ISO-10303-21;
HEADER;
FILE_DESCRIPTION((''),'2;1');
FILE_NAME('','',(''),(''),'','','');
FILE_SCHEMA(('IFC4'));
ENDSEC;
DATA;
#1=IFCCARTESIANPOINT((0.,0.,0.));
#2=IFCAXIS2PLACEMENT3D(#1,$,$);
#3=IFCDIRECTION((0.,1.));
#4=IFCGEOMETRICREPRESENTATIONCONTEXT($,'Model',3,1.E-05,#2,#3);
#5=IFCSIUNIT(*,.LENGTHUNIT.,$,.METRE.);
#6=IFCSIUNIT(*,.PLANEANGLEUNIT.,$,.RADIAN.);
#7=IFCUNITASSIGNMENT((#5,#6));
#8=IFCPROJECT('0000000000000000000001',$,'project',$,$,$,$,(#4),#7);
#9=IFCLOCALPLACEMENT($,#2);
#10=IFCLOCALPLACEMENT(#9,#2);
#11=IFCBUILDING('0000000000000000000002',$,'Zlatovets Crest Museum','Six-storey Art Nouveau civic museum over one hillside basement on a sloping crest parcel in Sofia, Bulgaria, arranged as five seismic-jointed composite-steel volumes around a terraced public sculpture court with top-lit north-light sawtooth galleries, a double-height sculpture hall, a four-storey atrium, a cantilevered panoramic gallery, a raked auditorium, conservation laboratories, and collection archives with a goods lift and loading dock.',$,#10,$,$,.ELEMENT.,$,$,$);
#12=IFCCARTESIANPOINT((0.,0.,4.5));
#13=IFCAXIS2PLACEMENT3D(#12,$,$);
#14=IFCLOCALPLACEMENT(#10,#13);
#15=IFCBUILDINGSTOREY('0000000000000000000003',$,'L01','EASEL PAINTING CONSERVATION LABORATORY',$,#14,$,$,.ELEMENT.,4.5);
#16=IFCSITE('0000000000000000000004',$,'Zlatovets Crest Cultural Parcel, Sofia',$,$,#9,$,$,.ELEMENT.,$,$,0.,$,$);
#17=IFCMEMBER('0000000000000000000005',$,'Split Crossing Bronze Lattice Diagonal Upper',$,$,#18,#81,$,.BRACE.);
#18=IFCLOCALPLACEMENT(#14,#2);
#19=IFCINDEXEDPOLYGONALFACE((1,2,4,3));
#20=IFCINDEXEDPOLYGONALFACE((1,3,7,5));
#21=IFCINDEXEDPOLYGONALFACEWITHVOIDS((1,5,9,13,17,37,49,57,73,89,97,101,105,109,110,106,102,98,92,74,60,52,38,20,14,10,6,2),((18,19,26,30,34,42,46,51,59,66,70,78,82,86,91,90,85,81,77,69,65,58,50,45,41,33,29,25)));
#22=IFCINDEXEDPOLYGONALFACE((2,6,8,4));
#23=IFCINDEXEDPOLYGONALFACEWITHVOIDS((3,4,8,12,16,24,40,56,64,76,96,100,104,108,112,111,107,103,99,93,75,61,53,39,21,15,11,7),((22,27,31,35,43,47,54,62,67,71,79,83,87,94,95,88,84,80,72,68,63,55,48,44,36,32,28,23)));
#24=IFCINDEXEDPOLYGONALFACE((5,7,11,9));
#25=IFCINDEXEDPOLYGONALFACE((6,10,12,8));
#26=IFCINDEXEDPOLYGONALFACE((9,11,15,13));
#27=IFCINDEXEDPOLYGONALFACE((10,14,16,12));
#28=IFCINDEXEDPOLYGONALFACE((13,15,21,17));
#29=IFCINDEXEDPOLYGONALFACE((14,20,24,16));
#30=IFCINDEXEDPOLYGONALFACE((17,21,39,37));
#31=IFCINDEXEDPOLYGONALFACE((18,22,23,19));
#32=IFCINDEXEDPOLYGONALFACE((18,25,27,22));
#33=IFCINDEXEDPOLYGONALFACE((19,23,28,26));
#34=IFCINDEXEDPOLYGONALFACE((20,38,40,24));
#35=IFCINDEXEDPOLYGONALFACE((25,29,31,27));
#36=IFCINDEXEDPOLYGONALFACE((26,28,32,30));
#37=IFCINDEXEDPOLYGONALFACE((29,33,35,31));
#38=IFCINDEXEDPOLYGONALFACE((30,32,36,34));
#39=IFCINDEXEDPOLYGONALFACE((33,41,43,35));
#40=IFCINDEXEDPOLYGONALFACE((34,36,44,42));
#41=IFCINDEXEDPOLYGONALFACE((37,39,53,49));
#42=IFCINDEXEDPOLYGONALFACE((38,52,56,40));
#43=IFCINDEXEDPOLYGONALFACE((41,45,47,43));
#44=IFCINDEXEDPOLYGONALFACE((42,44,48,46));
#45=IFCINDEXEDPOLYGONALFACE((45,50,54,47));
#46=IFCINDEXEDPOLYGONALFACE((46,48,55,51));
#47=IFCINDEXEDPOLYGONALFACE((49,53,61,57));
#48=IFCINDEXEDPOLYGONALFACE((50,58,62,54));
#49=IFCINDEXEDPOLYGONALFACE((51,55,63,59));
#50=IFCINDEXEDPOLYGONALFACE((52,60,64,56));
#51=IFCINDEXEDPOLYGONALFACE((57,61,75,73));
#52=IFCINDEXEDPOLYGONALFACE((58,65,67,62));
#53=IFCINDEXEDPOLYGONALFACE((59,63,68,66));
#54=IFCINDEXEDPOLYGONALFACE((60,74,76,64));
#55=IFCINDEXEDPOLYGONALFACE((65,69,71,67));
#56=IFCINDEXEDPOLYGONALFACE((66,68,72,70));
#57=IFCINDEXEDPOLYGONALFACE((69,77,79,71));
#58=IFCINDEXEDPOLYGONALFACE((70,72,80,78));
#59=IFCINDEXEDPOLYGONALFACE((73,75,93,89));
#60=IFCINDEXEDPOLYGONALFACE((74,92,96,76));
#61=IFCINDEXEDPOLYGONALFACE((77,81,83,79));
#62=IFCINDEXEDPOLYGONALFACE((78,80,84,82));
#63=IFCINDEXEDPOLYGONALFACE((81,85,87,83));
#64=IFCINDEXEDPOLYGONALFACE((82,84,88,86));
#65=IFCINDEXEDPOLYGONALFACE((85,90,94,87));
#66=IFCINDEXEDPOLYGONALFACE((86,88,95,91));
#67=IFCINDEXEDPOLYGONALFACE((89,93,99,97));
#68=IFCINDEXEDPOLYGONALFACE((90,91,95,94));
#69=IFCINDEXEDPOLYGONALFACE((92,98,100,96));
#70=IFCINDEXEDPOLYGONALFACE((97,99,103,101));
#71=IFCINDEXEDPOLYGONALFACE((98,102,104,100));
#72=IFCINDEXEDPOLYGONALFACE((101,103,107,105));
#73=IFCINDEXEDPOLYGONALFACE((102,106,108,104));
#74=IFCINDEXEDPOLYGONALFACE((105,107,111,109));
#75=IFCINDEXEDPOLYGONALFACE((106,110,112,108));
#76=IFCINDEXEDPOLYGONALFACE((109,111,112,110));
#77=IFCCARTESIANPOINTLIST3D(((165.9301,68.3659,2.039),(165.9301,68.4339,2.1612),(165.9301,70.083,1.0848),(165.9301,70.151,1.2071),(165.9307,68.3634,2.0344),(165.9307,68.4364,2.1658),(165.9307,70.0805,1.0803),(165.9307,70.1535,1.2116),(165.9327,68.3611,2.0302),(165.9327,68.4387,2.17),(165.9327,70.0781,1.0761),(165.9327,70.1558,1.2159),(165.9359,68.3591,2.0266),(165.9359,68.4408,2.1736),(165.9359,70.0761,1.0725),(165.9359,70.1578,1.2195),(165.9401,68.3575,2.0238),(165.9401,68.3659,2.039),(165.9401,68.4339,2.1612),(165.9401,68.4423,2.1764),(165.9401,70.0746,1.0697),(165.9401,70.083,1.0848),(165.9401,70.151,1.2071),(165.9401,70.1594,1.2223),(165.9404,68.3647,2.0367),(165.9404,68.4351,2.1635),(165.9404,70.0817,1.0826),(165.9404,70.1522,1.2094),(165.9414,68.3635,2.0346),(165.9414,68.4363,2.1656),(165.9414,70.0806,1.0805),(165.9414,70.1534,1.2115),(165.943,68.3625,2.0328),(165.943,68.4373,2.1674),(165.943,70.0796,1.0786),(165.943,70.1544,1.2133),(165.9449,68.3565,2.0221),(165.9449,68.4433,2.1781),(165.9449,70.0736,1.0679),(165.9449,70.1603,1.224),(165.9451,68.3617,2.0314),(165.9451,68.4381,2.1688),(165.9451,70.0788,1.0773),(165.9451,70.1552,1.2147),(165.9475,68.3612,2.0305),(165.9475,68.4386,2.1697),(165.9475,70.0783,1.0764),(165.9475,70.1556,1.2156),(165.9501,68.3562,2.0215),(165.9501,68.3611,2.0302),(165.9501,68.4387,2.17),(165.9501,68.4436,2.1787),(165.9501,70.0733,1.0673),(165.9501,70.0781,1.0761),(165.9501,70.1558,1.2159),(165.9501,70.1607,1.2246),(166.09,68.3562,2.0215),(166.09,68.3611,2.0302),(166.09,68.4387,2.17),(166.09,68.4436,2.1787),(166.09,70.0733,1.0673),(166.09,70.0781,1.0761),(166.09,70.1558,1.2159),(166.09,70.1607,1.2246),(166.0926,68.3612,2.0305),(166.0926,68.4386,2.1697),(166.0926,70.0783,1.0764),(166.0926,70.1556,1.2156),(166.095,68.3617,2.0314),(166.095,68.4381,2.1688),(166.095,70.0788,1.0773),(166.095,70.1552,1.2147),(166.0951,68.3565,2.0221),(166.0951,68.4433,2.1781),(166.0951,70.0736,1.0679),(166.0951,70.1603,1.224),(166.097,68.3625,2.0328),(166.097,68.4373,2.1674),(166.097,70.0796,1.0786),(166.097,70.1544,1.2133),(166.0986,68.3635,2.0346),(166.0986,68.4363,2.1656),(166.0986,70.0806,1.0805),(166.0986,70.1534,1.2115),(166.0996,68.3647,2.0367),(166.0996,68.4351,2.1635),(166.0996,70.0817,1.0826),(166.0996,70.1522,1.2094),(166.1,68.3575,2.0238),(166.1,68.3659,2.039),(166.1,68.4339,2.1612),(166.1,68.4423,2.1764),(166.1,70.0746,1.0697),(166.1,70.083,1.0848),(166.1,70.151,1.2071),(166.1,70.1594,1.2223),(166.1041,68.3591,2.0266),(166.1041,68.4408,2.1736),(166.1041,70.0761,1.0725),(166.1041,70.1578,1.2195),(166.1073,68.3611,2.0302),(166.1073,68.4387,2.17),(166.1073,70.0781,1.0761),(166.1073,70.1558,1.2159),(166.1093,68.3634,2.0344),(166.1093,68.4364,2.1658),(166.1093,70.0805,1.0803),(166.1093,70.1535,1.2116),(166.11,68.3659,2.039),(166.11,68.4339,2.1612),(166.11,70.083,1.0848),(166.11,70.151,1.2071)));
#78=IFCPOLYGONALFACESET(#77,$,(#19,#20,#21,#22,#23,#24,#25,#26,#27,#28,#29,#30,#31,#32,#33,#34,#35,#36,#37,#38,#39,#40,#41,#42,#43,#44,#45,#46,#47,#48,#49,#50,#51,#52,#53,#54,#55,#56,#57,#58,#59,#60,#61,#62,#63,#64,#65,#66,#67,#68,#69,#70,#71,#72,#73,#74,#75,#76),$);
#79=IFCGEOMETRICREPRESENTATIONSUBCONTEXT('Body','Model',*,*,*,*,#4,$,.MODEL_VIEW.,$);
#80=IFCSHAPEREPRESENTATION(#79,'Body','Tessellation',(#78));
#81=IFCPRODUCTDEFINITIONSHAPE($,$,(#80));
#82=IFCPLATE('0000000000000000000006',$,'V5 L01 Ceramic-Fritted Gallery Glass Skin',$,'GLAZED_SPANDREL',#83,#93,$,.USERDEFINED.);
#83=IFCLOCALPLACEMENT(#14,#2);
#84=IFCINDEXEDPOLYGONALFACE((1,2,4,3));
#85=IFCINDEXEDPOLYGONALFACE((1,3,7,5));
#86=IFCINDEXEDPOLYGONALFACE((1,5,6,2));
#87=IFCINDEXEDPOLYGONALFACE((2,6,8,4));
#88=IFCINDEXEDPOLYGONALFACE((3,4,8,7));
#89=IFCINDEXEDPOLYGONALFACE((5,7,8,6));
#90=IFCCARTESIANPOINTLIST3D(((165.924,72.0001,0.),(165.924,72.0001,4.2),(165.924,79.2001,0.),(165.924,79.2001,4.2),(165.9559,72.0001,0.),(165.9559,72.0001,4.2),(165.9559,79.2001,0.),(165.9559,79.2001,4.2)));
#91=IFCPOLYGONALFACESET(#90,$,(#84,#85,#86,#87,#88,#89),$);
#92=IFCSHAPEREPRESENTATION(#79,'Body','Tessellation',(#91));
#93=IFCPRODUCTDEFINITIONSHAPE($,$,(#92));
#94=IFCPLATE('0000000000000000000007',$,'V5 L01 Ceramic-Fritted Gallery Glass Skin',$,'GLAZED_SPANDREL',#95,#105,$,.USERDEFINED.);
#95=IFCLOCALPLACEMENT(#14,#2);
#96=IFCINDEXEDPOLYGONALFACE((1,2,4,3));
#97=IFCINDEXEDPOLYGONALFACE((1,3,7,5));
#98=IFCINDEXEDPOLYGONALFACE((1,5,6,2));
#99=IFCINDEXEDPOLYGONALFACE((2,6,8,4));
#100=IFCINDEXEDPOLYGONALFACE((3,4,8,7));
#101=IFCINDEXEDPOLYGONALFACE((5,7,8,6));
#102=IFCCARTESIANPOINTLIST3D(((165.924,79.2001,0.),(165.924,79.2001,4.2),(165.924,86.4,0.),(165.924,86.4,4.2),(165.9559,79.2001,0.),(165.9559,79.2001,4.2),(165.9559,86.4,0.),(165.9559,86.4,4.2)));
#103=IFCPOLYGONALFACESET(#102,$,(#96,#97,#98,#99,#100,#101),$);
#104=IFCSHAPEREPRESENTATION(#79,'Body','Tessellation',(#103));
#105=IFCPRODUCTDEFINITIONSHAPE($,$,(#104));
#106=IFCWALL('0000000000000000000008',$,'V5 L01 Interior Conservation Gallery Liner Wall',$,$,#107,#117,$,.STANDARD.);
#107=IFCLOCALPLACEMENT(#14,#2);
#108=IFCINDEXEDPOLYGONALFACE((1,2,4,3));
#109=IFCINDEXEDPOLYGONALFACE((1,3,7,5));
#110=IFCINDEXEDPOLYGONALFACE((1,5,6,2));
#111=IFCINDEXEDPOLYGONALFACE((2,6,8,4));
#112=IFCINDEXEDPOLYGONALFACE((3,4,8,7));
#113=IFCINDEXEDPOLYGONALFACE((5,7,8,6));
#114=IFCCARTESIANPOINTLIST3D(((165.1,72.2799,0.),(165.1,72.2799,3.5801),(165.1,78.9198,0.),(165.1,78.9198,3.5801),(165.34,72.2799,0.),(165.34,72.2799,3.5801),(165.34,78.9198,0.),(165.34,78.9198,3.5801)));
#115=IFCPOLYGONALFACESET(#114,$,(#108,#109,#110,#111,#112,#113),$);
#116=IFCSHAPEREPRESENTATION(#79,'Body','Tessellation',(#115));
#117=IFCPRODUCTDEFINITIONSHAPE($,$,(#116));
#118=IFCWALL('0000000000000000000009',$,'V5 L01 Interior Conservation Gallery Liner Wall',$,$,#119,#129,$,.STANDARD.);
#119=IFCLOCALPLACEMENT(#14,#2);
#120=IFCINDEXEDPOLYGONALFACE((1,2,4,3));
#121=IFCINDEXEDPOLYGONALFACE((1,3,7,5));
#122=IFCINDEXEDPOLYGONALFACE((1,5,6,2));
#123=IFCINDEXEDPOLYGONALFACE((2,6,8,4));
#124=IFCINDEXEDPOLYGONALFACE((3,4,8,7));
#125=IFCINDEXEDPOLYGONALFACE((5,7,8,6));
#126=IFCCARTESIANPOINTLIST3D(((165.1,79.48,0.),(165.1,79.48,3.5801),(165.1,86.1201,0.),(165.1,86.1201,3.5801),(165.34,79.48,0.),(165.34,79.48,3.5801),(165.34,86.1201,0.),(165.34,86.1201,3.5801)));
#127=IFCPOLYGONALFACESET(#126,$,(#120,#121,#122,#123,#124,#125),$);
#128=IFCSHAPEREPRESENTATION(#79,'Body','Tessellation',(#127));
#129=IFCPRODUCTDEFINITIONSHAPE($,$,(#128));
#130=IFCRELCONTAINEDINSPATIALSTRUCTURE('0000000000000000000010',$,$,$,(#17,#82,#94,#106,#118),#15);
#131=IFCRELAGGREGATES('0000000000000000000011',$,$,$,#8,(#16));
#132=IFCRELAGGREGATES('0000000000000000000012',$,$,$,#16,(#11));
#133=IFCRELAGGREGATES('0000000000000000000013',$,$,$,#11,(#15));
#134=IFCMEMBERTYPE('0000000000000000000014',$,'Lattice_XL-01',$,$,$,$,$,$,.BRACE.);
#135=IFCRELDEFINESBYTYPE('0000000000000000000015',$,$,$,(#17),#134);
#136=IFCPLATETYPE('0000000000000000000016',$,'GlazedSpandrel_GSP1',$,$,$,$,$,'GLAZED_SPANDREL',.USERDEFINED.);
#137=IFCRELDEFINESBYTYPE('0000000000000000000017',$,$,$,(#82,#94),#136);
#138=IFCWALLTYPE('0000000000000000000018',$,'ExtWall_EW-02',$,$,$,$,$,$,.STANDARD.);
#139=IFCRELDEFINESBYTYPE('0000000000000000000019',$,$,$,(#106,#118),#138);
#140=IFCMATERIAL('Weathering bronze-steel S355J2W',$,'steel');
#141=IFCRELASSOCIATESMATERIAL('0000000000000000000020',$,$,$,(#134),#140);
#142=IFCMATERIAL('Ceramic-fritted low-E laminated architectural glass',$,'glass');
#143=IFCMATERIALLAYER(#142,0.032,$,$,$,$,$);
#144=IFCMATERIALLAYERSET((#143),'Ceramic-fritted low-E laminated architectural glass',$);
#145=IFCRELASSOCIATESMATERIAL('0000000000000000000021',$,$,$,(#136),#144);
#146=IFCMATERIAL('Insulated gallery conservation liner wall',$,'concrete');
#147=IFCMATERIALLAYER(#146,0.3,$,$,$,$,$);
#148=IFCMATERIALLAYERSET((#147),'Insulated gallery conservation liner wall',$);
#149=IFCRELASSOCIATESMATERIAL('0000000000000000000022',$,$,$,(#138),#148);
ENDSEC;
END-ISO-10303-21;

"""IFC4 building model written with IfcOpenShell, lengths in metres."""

from ifc_helpers import new_model, si_unit, direction, frame, frame_2d, origin, origin_2d, place, context, subcontext, project, spatial, rectangle, hollow_rectangle, extrude, material, layer, layer_set, material_profile, profile_set, type_object, element, save


model = new_model("IFC4")

# Units and contexts
model_context = context("Model", 3, precision=1e-05, world=origin(), true_north=direction((0.0, 1.0)))
body_context = subcontext(model_context, "Body", "Model", "MODEL_VIEW")
ifc_project = project(units=[si_unit("LENGTHUNIT", "METRE"), si_unit("PLANEANGLEUNIT", "RADIAN")], contexts=[model_context])

# Site, building, storey
site_placement = place(None, origin())
site = spatial("IfcSite", under=ifc_project, at=site_placement, Name="Zlatovets Crest Cultural Parcel, Sofia", CompositionType="ELEMENT", RefElevation=0.0)
building_placement = place(site_placement, origin())
building = spatial("IfcBuilding", under=site, at=building_placement, Name="Zlatovets Crest Museum", Description="Six-storey Art Nouveau civic museum over one hillside basement on a sloping crest parcel in Sofia, Bulgaria, arranged as five seismic-jointed composite-steel volumes around a terraced public sculpture court with top-lit north-light sawtooth galleries, a double-height sculpture hall, a four-storey atrium, a cantilevered panoramic gallery, a raked auditorium, conservation laboratories, and collection archives with a goods lift and loading dock.", CompositionType="ELEMENT")
storey_placement = place(building_placement, frame((0.0, 0.0, 4.5)))
storey = spatial("IfcBuildingStorey", under=building, at=storey_placement, Name="L01", Description="EASEL PAINTING CONSERVATION LABORATORY", CompositionType="ELEMENT", Elevation=4.5)

# Member
ifc_material_1 = material(Name="Weathering bronze-steel S355J2W", Category="steel")
ifc_material_profile_1 = material_profile(ifc_material_1, hollow_rectangle(XDim=0.1799, YDim=0.1799, WallThickness=0.01, InnerFilletRadius=0.01, OuterFilletRadius=0.02, at=origin_2d()), Name="SHS 180x180x10.0")
ifc_profile_set_1 = profile_set([ifc_material_profile_1], Name="Weathering bronze-steel S355J2W")
member_type = type_object("IfcMemberType", Name="Lattice_XL-01", PredefinedType="BRACE", material=ifc_profile_set_1)
member_placement = place(storey_placement, frame((166.02, 68.3999, 2.1001), z_axis=(0.0, 0.874116, -0.485717), x_axis=(-1.0, 0.0, 0.0)))
element("IfcMember", 1, at=member_placement, inside=storey, type_object=member_type, Name="Split Crossing Bronze Lattice Diagonal Upper", PredefinedType="BRACE", context=body_context, shape_type="SweptSolid", body=[
    extrude(hollow_rectangle(XDim=0.1799, YDim=0.1799, WallThickness=0.01, InnerFilletRadius=0.01, OuterFilletRadius=0.02, at=origin_2d()), origin(), (0.0, 0.0, 1.0), 1.9644),
])

# Plates
ifc_material_2 = material(Name="Ceramic-fritted low-E laminated architectural glass", Category="glass")
ifc_layer_1 = layer(ifc_material_2, 0.032)
ifc_layer_set_1 = layer_set([ifc_layer_1], Name="Ceramic-fritted low-E laminated architectural glass")
plate_type = type_object("IfcPlateType", Name="GlazedSpandrel_GSP1", ElementType="GLAZED_SPANDREL", PredefinedType="USERDEFINED", material=ifc_layer_set_1)
for number, where, z_axis, x_axis, name in (
    (2, (165.9399, 75.6001, 0.0), (0.0, 0.0, 1.0), (0.0, 1.0, 0.0), "V5 L01 Ceramic-Fritted Gallery Glass Skin"),
    (3, (165.9399, 82.8, 0.0), (0.0, 0.0, 1.0), (0.0, 1.0, 0.0), "V5 L01 Ceramic-Fritted Gallery Glass Skin"),
):
    element("IfcPlate", number, at=place(storey_placement, frame(where, z_axis=z_axis, x_axis=x_axis)), inside=storey, type_object=plate_type, Name=name, ObjectType="GLAZED_SPANDREL", PredefinedType="USERDEFINED", context=body_context, shape_type="SweptSolid", body=[
        extrude(rectangle(XDim=7.2, YDim=0.032, at=origin_2d()), origin(), (0.0, 0.0, 1.0), 4.2),
    ])

# Walls
ifc_material_3 = material(Name="Insulated gallery conservation liner wall", Category="concrete")
ifc_layer_2 = layer(ifc_material_3, 0.3)
ifc_layer_set_2 = layer_set([ifc_layer_2], Name="Insulated gallery conservation liner wall")
wall_type = type_object("IfcWallType", Name="ExtWall_EW-02", PredefinedType="STANDARD", material=ifc_layer_set_2)
wall_1_placement = place(storey_placement, frame((165.22, 72.28, 0.0), z_axis=(0.0, 0.0, 1.0), x_axis=(0.0, 1.0, 0.0)))
element("IfcWall", 4, at=wall_1_placement, inside=storey, type_object=wall_type, Name="V5 L01 Interior Conservation Gallery Liner Wall", PredefinedType="STANDARD", context=body_context, shape_type="SweptSolid", body=[
    extrude(rectangle(XDim=6.6399, YDim=0.24, at=frame_2d((3.3198, 0.0))), origin(), (0.0, 0.0, 1.0), 3.5801),
])
wall_2_placement = place(storey_placement, frame((165.22, 79.48, 0.0), z_axis=(0.0, 0.0, 1.0), x_axis=(0.0, 1.0, 0.0)))
element("IfcWall", 5, at=wall_2_placement, inside=storey, type_object=wall_type, Name="V5 L01 Interior Conservation Gallery Liner Wall", PredefinedType="STANDARD", context=body_context, shape_type="SweptSolid", body=[
    extrude(rectangle(XDim=6.6401, YDim=0.24, at=frame_2d((3.3201, 0.0))), origin(), (0.0, 0.0, 1.0), 3.5801),
])

save(model, "model.ifc")
